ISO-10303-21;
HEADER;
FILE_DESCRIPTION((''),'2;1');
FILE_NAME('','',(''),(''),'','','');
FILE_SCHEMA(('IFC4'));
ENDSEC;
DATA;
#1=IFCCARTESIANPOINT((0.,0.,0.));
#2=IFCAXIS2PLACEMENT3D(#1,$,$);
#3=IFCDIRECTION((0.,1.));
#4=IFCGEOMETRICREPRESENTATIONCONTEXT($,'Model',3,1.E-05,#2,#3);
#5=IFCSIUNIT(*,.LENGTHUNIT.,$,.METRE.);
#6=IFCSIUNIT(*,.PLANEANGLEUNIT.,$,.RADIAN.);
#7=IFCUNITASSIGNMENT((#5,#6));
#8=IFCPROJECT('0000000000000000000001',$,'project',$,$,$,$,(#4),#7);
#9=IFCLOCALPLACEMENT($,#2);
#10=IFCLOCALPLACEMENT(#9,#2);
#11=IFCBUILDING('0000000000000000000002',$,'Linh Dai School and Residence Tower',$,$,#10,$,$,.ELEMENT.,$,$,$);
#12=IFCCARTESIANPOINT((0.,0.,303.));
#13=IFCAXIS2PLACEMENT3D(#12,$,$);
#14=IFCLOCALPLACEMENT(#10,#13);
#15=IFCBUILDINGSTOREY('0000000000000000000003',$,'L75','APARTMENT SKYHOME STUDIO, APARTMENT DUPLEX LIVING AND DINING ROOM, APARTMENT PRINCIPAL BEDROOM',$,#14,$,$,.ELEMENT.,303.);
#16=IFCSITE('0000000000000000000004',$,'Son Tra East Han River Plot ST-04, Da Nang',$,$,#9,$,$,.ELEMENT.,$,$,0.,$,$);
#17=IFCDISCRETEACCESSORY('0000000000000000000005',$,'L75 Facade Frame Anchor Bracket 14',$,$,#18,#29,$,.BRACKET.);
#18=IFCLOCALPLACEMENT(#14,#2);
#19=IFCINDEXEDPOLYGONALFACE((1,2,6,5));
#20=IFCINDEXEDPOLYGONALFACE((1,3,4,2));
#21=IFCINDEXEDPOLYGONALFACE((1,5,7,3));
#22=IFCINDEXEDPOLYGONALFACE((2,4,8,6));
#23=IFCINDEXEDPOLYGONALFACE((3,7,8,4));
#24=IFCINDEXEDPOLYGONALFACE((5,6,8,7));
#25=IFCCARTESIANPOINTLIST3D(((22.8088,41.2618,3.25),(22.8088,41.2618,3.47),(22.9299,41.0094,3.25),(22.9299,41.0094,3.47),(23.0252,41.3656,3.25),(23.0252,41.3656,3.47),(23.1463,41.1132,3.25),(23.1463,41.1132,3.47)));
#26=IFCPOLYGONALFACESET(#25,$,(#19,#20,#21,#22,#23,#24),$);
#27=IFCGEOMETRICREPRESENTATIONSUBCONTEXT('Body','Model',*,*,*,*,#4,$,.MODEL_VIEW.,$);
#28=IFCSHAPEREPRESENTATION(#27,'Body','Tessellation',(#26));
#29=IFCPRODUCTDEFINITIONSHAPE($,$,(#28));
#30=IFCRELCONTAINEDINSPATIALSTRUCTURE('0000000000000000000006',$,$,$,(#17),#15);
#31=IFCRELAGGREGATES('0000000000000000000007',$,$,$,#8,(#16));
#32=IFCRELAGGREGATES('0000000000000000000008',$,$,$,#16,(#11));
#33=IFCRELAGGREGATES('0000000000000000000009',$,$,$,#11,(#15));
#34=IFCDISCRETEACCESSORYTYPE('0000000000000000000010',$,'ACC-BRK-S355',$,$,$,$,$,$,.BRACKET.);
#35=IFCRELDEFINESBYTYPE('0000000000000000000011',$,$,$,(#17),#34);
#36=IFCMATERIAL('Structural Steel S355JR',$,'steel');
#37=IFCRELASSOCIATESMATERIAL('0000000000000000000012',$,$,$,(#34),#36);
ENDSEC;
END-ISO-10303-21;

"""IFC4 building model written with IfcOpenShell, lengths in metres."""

from ifc_helpers import new_model, si_unit, direction, frame, origin, origin_2d, place, context, subcontext, project, spatial, rectangle, extrude, source, transform, mapped, material, type_object, element, save


model = new_model("IFC4")

# Units and contexts
model_context = context("Model", 3, precision=1e-05, world=origin(), true_north=direction((0.0, 1.0)))
body_context = subcontext(model_context, "Body", "Model", "MODEL_VIEW")
ifc_project = project(units=[si_unit("LENGTHUNIT", "METRE"), si_unit("PLANEANGLEUNIT", "RADIAN")], contexts=[model_context])

# Site, building, storey
site_placement = place(None, origin())
site = spatial("IfcSite", under=ifc_project, at=site_placement, Name="Son Tra East Han River Plot ST-04, Da Nang", CompositionType="ELEMENT", RefElevation=0.0)
building_placement = place(site_placement, origin())
building = spatial("IfcBuilding", under=site, at=building_placement, Name="Linh Dai School and Residence Tower", CompositionType="ELEMENT")
storey_placement = place(building_placement, frame((0.0, 0.0, 303.0)))
storey = spatial("IfcBuildingStorey", under=building, at=storey_placement, Name="L75", Description="APARTMENT SKYHOME STUDIO, APARTMENT DUPLEX LIVING AND DINING ROOM, APARTMENT PRINCIPAL BEDROOM", CompositionType="ELEMENT", Elevation=303.0)

# Shared definitions
ifc_material_1 = material(Name="Structural Steel S355JR", Category="steel")

# Discrete accessory
discrete_accessory_type = type_object("IfcDiscreteAccessoryType", Name="ACC-BRK-S355", PredefinedType="BRACKET", material=ifc_material_1)
shared_shape_1 = source(origin(), body_context, "Body", "SweptSolid", [
    extrude(rectangle(XDim=0.28, YDim=0.24, at=origin_2d()), origin(), (0.0, 0.0, 1.0), 0.22),
])
discrete_accessory_placement = place(storey_placement, frame((22.9775, 41.1875, 3.25), z_axis=(0.0, 0.0, 1.0), x_axis=(-0.432612, 0.90158, 0.0)))
element("IfcDiscreteAccessory", 1, at=discrete_accessory_placement, inside=storey, type_object=discrete_accessory_type, Name="L75 Facade Frame Anchor Bracket 14", PredefinedType="BRACKET", context=body_context, shape_type="MappedRepresentation", body=[
    mapped(shared_shape_1, transform((0.0, 0.0, 0.0), x_axis=(1.0, 0.0, 0.0), y_axis=(0.0, 1.0, 0.0), z_axis=(0.0, 0.0, 1.0), scale=1.0)),
])

save(model, "model.ifc")
